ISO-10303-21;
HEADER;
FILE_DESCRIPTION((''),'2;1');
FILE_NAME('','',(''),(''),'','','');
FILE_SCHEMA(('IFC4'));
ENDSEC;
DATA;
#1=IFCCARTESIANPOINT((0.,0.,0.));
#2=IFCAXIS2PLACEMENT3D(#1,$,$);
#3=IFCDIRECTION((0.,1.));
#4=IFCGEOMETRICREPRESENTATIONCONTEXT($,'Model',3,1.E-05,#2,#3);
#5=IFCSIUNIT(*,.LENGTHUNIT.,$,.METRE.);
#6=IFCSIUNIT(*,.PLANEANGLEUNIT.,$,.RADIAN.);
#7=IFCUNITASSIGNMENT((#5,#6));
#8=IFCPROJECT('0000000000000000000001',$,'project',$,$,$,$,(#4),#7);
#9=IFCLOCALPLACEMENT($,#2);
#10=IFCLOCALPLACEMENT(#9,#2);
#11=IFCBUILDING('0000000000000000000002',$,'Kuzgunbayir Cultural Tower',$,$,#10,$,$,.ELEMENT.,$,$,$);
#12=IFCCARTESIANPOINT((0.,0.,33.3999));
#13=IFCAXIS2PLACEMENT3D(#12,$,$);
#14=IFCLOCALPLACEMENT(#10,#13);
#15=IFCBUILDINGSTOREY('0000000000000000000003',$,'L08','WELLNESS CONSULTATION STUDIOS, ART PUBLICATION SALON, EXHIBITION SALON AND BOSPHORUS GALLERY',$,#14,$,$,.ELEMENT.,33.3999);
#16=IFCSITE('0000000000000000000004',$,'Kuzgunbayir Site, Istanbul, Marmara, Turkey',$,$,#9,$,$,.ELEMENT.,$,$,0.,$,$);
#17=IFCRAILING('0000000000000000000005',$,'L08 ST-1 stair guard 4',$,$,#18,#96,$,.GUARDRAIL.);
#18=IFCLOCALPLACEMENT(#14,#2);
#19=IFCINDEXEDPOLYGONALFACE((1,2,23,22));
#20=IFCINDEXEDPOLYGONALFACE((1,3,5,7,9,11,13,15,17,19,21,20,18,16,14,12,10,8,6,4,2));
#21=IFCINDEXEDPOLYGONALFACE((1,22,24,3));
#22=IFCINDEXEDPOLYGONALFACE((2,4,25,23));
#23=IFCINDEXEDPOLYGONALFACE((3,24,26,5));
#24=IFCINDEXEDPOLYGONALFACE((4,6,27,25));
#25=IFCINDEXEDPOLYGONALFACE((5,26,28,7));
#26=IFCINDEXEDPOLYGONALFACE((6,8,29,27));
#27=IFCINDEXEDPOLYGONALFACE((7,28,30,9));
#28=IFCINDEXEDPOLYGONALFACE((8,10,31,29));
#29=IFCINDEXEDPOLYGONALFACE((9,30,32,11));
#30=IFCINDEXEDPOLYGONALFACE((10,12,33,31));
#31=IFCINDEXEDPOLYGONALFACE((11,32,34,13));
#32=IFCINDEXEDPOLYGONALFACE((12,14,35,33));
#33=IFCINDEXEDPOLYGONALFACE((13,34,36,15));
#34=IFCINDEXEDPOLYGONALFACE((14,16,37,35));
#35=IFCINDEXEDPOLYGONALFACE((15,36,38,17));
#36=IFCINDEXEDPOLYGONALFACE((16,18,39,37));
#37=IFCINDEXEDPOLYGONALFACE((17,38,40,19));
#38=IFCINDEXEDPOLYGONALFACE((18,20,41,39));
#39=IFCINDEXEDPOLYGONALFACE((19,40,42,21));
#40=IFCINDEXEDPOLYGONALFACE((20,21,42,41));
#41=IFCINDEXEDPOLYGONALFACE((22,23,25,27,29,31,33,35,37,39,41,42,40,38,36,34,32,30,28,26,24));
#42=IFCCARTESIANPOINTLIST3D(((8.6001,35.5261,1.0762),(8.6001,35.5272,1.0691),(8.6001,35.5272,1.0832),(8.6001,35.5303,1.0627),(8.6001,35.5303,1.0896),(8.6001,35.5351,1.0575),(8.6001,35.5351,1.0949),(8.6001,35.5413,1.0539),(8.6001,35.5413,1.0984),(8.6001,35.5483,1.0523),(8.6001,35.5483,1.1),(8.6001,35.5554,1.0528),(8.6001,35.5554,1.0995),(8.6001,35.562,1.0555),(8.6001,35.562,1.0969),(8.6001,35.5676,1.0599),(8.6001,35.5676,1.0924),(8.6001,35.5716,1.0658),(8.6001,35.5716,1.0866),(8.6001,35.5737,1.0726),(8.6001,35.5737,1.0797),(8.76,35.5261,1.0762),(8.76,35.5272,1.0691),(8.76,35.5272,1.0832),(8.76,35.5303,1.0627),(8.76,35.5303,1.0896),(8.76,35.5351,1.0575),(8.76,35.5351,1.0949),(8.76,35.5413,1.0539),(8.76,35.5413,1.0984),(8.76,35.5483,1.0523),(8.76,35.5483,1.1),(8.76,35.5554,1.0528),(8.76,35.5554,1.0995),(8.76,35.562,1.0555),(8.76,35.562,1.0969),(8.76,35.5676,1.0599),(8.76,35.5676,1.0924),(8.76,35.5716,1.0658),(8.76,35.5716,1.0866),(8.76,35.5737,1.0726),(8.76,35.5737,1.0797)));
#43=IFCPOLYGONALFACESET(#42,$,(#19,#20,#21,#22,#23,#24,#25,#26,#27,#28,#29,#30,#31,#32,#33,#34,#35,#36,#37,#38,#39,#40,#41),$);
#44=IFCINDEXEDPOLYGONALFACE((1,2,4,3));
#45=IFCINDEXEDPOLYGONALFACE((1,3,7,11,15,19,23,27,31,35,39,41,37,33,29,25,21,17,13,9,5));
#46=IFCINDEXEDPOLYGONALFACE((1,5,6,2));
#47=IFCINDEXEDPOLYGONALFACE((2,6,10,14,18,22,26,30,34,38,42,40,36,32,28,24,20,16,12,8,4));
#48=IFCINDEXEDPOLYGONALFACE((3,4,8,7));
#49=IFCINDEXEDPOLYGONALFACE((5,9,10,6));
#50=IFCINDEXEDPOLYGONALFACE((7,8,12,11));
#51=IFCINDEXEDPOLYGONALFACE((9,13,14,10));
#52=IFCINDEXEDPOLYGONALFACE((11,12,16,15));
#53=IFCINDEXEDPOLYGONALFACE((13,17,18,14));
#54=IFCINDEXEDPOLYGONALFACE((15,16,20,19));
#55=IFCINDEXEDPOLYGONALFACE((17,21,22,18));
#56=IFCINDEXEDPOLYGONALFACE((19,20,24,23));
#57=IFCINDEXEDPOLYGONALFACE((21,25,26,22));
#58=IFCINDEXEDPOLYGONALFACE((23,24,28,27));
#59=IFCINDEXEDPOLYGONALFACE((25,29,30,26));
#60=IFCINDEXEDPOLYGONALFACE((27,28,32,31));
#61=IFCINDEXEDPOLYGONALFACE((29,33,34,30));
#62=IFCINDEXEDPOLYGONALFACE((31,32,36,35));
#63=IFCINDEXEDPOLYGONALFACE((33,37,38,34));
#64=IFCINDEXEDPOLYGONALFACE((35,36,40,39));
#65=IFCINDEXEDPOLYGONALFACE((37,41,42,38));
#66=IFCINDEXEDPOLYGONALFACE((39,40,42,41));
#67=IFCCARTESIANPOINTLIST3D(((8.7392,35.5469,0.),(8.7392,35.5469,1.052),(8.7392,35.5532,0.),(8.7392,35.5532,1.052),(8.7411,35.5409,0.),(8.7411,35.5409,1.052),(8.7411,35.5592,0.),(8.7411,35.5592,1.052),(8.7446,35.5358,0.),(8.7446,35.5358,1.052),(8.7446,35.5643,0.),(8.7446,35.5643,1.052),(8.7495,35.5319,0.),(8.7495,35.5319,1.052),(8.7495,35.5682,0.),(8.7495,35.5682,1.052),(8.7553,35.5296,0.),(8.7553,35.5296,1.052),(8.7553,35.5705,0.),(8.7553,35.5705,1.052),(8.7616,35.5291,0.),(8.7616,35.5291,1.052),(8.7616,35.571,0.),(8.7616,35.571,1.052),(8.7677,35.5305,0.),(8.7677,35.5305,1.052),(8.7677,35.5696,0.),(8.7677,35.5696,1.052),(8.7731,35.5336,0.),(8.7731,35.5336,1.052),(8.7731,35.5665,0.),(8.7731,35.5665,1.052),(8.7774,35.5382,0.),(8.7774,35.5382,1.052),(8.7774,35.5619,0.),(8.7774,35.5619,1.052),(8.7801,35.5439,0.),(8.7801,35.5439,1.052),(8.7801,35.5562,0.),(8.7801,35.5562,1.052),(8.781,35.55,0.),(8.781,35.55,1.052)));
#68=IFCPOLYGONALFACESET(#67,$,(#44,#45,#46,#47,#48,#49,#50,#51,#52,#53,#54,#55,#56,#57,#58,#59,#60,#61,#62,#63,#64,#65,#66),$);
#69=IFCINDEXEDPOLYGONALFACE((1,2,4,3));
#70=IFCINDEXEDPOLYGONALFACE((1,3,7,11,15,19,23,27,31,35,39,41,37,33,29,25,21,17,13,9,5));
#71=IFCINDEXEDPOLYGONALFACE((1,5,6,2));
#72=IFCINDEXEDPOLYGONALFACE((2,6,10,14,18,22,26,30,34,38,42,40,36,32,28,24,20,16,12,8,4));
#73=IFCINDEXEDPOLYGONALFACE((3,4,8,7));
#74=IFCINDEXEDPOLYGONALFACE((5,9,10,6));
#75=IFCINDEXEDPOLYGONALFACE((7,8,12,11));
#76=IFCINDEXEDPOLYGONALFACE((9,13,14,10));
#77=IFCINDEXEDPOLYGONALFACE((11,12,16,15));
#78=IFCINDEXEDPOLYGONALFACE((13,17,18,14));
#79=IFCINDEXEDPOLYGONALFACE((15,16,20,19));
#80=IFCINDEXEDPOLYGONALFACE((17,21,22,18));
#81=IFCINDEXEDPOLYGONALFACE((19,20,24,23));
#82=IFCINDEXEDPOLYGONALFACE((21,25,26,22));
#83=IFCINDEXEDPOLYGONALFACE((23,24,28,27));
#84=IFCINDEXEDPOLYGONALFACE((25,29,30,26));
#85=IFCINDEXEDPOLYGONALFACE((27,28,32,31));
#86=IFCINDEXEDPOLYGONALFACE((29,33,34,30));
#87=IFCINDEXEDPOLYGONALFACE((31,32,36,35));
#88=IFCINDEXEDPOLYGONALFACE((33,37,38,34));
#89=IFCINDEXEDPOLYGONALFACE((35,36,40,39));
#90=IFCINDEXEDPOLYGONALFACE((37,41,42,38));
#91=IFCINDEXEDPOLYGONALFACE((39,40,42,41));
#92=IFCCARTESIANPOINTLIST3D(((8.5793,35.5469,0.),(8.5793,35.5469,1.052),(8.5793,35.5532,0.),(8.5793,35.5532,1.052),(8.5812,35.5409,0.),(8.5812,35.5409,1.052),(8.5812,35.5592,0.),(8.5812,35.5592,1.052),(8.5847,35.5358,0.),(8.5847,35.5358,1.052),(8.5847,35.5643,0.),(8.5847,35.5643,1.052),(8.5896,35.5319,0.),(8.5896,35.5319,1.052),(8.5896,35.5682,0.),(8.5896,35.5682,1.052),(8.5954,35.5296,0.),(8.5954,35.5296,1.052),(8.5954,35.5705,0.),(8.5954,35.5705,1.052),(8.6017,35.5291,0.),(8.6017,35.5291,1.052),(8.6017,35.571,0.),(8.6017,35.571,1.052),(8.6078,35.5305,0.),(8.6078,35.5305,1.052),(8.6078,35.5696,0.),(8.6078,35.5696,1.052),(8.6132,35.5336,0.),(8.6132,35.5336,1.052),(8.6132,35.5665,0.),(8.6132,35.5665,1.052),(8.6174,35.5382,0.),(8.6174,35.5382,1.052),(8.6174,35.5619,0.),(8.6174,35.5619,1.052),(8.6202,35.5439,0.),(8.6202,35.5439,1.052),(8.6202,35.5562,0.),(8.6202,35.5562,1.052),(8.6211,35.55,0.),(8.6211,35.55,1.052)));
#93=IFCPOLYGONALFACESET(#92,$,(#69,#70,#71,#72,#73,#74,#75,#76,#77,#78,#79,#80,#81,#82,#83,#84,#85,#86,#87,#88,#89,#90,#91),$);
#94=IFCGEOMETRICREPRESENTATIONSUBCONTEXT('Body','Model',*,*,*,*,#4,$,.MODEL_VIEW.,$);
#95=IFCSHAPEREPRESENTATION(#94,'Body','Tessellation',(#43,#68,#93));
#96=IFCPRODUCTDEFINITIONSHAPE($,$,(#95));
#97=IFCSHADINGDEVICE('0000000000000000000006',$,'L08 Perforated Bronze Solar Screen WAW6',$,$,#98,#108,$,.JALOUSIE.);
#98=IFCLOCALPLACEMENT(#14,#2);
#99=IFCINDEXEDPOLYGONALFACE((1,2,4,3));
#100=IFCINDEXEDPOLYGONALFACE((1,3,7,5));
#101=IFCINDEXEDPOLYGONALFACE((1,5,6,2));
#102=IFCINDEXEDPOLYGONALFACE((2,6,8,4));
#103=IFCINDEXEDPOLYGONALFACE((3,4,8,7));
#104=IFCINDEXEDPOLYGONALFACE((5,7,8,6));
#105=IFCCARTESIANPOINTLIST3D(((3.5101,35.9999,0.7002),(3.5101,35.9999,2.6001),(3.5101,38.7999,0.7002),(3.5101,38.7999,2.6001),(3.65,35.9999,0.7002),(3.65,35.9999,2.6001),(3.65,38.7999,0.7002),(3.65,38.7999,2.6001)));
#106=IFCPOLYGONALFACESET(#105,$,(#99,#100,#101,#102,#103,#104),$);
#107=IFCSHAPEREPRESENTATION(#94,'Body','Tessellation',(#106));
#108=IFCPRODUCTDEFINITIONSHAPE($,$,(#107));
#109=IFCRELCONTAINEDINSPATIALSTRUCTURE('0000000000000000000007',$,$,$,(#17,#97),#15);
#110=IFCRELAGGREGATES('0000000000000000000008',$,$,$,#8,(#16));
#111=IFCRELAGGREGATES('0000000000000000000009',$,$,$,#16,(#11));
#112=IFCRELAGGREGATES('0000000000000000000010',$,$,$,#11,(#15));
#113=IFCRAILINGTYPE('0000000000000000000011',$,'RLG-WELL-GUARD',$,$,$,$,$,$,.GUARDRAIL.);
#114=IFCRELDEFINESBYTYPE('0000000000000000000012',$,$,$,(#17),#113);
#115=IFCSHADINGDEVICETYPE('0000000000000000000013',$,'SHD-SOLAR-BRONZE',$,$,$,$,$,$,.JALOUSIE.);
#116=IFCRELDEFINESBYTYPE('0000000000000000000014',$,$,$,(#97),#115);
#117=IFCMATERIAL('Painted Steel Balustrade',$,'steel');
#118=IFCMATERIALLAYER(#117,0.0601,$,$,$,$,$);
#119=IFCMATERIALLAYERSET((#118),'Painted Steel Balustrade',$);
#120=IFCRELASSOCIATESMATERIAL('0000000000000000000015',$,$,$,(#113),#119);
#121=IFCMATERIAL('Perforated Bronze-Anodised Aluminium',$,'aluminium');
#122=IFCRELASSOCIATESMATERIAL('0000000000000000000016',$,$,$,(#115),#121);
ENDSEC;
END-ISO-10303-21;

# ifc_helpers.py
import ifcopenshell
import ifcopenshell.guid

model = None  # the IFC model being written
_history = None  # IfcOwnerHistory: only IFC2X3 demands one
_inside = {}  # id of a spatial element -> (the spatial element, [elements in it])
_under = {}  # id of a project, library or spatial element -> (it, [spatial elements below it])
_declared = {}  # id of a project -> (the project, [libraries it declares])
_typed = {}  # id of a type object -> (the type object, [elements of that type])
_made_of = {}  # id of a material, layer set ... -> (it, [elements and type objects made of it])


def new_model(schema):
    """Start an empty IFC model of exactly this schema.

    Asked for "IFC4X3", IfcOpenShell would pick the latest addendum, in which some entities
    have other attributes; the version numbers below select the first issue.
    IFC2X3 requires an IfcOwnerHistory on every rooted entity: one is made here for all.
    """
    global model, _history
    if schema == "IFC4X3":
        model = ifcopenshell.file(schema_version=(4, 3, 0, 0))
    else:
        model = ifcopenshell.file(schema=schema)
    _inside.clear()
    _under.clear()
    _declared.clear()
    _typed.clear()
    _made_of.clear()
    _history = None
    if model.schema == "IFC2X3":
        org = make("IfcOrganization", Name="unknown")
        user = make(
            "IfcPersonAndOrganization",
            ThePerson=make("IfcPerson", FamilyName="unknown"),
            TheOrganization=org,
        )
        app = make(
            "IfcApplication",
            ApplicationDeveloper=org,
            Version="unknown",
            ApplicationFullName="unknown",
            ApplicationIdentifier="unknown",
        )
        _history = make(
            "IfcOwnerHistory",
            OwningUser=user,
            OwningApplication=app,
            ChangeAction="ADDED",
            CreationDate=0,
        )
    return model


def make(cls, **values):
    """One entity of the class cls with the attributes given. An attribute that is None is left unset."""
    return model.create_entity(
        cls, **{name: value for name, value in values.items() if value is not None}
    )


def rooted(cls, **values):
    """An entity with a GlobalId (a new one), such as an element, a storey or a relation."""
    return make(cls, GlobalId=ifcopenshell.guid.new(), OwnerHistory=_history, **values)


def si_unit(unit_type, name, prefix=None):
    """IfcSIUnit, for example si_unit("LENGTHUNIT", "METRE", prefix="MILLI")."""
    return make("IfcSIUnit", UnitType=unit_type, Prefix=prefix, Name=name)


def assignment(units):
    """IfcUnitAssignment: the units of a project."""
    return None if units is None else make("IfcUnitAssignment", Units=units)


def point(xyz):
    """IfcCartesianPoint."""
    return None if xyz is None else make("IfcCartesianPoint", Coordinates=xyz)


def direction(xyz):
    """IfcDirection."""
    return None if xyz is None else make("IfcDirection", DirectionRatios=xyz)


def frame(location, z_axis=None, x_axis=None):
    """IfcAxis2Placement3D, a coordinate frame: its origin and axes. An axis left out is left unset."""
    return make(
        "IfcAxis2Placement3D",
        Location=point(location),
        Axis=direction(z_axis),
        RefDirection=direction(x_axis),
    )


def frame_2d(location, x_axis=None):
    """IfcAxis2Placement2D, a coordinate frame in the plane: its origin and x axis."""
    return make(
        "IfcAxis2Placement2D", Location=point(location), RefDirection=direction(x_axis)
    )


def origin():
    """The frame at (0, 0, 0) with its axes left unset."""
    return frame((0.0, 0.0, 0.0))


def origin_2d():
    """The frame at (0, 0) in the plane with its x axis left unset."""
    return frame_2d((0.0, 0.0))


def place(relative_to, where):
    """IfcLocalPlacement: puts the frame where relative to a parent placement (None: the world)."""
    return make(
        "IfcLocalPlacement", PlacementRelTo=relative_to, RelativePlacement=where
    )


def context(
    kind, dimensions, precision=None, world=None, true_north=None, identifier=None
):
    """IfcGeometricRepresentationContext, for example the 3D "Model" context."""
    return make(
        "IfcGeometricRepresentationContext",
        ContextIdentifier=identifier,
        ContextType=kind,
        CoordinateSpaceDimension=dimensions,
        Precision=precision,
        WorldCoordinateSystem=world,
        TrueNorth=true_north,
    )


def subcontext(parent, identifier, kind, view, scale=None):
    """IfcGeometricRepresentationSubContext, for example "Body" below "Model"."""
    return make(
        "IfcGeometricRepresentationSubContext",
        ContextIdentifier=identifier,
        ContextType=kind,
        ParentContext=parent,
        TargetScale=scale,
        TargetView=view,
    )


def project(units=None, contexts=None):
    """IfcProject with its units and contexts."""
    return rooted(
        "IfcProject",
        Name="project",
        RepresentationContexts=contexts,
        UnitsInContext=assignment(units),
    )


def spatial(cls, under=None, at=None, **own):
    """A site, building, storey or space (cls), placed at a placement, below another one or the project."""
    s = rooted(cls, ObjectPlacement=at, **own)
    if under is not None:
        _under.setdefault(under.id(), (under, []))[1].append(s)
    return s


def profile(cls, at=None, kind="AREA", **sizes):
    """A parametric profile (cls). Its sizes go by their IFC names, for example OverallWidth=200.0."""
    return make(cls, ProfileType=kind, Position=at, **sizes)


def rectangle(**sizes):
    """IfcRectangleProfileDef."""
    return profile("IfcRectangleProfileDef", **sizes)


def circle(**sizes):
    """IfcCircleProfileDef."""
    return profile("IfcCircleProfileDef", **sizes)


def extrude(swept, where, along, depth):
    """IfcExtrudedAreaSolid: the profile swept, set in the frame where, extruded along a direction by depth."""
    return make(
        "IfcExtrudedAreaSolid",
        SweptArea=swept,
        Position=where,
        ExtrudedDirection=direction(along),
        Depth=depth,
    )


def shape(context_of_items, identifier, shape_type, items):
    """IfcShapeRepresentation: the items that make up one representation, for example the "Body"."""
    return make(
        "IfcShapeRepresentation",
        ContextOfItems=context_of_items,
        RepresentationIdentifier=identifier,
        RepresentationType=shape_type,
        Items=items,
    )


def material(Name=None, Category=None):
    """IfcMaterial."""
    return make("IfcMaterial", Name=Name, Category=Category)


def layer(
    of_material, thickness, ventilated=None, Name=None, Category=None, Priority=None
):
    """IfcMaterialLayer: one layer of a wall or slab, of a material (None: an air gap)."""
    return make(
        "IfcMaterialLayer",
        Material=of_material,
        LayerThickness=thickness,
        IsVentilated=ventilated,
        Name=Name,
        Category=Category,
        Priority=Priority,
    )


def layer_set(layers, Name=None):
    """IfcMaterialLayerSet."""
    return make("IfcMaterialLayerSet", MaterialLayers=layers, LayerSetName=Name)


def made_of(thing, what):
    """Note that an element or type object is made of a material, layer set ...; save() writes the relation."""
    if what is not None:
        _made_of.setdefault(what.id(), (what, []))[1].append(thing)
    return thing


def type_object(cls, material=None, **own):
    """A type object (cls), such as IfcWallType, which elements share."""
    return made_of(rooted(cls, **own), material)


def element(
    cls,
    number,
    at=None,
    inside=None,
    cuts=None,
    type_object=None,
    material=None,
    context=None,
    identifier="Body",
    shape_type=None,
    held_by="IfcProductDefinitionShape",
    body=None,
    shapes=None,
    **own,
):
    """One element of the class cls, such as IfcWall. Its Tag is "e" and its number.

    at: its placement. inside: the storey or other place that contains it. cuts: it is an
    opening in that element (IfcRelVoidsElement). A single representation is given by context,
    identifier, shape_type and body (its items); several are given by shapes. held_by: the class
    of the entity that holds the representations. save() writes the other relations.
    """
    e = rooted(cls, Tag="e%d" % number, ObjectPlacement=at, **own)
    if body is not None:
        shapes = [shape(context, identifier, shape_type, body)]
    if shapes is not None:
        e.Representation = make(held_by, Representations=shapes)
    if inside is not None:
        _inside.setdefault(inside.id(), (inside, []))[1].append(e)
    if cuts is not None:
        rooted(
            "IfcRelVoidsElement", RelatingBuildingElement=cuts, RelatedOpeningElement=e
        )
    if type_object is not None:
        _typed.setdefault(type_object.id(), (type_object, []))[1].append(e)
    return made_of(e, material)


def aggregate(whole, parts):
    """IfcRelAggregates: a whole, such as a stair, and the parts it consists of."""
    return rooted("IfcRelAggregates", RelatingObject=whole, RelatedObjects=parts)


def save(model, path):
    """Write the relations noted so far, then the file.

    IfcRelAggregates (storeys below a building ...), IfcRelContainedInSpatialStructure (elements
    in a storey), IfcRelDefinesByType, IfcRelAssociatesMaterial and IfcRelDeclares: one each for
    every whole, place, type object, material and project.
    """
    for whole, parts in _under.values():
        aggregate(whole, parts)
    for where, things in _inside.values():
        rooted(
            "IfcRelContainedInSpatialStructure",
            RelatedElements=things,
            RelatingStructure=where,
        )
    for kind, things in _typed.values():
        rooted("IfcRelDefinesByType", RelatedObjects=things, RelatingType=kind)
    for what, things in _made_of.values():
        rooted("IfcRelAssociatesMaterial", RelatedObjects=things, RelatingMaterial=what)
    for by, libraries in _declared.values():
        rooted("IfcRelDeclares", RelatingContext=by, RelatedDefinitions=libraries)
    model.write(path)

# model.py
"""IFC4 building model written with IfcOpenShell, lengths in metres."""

from ifc_helpers import new_model, si_unit, direction, frame, origin, origin_2d, place, context, subcontext, project, spatial, rectangle, circle, extrude, material, layer, layer_set, type_object, element, save


model = new_model("IFC4")

# Units and contexts
model_context = context("Model", 3, precision=1e-05, world=origin(), true_north=direction((0.0, 1.0)))
body_context = subcontext(model_context, "Body", "Model", "MODEL_VIEW")
ifc_project = project(units=[si_unit("LENGTHUNIT", "METRE"), si_unit("PLANEANGLEUNIT", "RADIAN")], contexts=[model_context])

# Site, building, storey
site_placement = place(None, origin())
site = spatial("IfcSite", under=ifc_project, at=site_placement, Name="Kuzgunbayir Site, Istanbul, Marmara, Turkey", CompositionType="ELEMENT", RefElevation=0.0)
building_placement = place(site_placement, origin())
building = spatial("IfcBuilding", under=site, at=building_placement, Name="Kuzgunbayir Cultural Tower", CompositionType="ELEMENT")
storey_placement = place(building_placement, frame((0.0, 0.0, 33.3999)))
storey = spatial("IfcBuildingStorey", under=building, at=storey_placement, Name="L08", Description="WELLNESS CONSULTATION STUDIOS, ART PUBLICATION SALON, EXHIBITION SALON AND BOSPHORUS GALLERY", CompositionType="ELEMENT", Elevation=33.3999)

# Railing
ifc_material_1 = material(Name="Painted Steel Balustrade", Category="steel")
ifc_layer_1 = layer(ifc_material_1, 0.0601)
ifc_layer_set_1 = layer_set([ifc_layer_1], Name="Painted Steel Balustrade")
railing_type_1 = type_object("IfcRailingType", Name="RLG-WELL-GUARD", PredefinedType="GUARDRAIL", material=ifc_layer_set_1)
railing_1_placement = place(storey_placement, frame((8.76, 35.55, 0.0)))
element("IfcRailing", 1, at=railing_1_placement, inside=storey, type_object=railing_type_1, Name="L08 ST-1 stair guard 4", PredefinedType="GUARDRAIL", context=body_context, shape_type="SweptSolid", body=[
    extrude(circle(Radius=0.0239, at=origin_2d()), frame((0.0, 0.0, 1.0762), z_axis=(-1.0, 0.0, 0.0), x_axis=(0.0, -1.0, 0.0)), (0.0, 0.0, 1.0), 0.1599),
    extrude(circle(Radius=0.021, at=origin_2d()), origin(), (0.0, 0.0, 1.0), 1.052),
    extrude(circle(Radius=0.021, at=origin_2d()), frame((-0.1599, 0.0, 0.0)), (0.0, 0.0, 1.0), 1.052),
])

# Shading device
ifc_material_2 = material(Name="Perforated Bronze-Anodised Aluminium", Category="aluminium")
shading_device_type = type_object("IfcShadingDeviceType", Name="SHD-SOLAR-BRONZE", PredefinedType="JALOUSIE", material=ifc_material_2)
shading_device_placement = place(storey_placement, frame((3.5801, 37.3999, 0.7002), z_axis=(0.0, 0.0, 1.0), x_axis=(1.0, 0.0, 0.0)))
element("IfcShadingDevice", 2, at=shading_device_placement, inside=storey, type_object=shading_device_type, Name="L08 Perforated Bronze Solar Screen WAW6", PredefinedType="JALOUSIE", context=body_context, shape_type="SweptSolid", body=[
    extrude(rectangle(XDim=0.1399, YDim=2.8, at=origin_2d()), origin(), (0.0, 0.0, 1.0), 1.8999),
])

save(model, "model.ifc")
